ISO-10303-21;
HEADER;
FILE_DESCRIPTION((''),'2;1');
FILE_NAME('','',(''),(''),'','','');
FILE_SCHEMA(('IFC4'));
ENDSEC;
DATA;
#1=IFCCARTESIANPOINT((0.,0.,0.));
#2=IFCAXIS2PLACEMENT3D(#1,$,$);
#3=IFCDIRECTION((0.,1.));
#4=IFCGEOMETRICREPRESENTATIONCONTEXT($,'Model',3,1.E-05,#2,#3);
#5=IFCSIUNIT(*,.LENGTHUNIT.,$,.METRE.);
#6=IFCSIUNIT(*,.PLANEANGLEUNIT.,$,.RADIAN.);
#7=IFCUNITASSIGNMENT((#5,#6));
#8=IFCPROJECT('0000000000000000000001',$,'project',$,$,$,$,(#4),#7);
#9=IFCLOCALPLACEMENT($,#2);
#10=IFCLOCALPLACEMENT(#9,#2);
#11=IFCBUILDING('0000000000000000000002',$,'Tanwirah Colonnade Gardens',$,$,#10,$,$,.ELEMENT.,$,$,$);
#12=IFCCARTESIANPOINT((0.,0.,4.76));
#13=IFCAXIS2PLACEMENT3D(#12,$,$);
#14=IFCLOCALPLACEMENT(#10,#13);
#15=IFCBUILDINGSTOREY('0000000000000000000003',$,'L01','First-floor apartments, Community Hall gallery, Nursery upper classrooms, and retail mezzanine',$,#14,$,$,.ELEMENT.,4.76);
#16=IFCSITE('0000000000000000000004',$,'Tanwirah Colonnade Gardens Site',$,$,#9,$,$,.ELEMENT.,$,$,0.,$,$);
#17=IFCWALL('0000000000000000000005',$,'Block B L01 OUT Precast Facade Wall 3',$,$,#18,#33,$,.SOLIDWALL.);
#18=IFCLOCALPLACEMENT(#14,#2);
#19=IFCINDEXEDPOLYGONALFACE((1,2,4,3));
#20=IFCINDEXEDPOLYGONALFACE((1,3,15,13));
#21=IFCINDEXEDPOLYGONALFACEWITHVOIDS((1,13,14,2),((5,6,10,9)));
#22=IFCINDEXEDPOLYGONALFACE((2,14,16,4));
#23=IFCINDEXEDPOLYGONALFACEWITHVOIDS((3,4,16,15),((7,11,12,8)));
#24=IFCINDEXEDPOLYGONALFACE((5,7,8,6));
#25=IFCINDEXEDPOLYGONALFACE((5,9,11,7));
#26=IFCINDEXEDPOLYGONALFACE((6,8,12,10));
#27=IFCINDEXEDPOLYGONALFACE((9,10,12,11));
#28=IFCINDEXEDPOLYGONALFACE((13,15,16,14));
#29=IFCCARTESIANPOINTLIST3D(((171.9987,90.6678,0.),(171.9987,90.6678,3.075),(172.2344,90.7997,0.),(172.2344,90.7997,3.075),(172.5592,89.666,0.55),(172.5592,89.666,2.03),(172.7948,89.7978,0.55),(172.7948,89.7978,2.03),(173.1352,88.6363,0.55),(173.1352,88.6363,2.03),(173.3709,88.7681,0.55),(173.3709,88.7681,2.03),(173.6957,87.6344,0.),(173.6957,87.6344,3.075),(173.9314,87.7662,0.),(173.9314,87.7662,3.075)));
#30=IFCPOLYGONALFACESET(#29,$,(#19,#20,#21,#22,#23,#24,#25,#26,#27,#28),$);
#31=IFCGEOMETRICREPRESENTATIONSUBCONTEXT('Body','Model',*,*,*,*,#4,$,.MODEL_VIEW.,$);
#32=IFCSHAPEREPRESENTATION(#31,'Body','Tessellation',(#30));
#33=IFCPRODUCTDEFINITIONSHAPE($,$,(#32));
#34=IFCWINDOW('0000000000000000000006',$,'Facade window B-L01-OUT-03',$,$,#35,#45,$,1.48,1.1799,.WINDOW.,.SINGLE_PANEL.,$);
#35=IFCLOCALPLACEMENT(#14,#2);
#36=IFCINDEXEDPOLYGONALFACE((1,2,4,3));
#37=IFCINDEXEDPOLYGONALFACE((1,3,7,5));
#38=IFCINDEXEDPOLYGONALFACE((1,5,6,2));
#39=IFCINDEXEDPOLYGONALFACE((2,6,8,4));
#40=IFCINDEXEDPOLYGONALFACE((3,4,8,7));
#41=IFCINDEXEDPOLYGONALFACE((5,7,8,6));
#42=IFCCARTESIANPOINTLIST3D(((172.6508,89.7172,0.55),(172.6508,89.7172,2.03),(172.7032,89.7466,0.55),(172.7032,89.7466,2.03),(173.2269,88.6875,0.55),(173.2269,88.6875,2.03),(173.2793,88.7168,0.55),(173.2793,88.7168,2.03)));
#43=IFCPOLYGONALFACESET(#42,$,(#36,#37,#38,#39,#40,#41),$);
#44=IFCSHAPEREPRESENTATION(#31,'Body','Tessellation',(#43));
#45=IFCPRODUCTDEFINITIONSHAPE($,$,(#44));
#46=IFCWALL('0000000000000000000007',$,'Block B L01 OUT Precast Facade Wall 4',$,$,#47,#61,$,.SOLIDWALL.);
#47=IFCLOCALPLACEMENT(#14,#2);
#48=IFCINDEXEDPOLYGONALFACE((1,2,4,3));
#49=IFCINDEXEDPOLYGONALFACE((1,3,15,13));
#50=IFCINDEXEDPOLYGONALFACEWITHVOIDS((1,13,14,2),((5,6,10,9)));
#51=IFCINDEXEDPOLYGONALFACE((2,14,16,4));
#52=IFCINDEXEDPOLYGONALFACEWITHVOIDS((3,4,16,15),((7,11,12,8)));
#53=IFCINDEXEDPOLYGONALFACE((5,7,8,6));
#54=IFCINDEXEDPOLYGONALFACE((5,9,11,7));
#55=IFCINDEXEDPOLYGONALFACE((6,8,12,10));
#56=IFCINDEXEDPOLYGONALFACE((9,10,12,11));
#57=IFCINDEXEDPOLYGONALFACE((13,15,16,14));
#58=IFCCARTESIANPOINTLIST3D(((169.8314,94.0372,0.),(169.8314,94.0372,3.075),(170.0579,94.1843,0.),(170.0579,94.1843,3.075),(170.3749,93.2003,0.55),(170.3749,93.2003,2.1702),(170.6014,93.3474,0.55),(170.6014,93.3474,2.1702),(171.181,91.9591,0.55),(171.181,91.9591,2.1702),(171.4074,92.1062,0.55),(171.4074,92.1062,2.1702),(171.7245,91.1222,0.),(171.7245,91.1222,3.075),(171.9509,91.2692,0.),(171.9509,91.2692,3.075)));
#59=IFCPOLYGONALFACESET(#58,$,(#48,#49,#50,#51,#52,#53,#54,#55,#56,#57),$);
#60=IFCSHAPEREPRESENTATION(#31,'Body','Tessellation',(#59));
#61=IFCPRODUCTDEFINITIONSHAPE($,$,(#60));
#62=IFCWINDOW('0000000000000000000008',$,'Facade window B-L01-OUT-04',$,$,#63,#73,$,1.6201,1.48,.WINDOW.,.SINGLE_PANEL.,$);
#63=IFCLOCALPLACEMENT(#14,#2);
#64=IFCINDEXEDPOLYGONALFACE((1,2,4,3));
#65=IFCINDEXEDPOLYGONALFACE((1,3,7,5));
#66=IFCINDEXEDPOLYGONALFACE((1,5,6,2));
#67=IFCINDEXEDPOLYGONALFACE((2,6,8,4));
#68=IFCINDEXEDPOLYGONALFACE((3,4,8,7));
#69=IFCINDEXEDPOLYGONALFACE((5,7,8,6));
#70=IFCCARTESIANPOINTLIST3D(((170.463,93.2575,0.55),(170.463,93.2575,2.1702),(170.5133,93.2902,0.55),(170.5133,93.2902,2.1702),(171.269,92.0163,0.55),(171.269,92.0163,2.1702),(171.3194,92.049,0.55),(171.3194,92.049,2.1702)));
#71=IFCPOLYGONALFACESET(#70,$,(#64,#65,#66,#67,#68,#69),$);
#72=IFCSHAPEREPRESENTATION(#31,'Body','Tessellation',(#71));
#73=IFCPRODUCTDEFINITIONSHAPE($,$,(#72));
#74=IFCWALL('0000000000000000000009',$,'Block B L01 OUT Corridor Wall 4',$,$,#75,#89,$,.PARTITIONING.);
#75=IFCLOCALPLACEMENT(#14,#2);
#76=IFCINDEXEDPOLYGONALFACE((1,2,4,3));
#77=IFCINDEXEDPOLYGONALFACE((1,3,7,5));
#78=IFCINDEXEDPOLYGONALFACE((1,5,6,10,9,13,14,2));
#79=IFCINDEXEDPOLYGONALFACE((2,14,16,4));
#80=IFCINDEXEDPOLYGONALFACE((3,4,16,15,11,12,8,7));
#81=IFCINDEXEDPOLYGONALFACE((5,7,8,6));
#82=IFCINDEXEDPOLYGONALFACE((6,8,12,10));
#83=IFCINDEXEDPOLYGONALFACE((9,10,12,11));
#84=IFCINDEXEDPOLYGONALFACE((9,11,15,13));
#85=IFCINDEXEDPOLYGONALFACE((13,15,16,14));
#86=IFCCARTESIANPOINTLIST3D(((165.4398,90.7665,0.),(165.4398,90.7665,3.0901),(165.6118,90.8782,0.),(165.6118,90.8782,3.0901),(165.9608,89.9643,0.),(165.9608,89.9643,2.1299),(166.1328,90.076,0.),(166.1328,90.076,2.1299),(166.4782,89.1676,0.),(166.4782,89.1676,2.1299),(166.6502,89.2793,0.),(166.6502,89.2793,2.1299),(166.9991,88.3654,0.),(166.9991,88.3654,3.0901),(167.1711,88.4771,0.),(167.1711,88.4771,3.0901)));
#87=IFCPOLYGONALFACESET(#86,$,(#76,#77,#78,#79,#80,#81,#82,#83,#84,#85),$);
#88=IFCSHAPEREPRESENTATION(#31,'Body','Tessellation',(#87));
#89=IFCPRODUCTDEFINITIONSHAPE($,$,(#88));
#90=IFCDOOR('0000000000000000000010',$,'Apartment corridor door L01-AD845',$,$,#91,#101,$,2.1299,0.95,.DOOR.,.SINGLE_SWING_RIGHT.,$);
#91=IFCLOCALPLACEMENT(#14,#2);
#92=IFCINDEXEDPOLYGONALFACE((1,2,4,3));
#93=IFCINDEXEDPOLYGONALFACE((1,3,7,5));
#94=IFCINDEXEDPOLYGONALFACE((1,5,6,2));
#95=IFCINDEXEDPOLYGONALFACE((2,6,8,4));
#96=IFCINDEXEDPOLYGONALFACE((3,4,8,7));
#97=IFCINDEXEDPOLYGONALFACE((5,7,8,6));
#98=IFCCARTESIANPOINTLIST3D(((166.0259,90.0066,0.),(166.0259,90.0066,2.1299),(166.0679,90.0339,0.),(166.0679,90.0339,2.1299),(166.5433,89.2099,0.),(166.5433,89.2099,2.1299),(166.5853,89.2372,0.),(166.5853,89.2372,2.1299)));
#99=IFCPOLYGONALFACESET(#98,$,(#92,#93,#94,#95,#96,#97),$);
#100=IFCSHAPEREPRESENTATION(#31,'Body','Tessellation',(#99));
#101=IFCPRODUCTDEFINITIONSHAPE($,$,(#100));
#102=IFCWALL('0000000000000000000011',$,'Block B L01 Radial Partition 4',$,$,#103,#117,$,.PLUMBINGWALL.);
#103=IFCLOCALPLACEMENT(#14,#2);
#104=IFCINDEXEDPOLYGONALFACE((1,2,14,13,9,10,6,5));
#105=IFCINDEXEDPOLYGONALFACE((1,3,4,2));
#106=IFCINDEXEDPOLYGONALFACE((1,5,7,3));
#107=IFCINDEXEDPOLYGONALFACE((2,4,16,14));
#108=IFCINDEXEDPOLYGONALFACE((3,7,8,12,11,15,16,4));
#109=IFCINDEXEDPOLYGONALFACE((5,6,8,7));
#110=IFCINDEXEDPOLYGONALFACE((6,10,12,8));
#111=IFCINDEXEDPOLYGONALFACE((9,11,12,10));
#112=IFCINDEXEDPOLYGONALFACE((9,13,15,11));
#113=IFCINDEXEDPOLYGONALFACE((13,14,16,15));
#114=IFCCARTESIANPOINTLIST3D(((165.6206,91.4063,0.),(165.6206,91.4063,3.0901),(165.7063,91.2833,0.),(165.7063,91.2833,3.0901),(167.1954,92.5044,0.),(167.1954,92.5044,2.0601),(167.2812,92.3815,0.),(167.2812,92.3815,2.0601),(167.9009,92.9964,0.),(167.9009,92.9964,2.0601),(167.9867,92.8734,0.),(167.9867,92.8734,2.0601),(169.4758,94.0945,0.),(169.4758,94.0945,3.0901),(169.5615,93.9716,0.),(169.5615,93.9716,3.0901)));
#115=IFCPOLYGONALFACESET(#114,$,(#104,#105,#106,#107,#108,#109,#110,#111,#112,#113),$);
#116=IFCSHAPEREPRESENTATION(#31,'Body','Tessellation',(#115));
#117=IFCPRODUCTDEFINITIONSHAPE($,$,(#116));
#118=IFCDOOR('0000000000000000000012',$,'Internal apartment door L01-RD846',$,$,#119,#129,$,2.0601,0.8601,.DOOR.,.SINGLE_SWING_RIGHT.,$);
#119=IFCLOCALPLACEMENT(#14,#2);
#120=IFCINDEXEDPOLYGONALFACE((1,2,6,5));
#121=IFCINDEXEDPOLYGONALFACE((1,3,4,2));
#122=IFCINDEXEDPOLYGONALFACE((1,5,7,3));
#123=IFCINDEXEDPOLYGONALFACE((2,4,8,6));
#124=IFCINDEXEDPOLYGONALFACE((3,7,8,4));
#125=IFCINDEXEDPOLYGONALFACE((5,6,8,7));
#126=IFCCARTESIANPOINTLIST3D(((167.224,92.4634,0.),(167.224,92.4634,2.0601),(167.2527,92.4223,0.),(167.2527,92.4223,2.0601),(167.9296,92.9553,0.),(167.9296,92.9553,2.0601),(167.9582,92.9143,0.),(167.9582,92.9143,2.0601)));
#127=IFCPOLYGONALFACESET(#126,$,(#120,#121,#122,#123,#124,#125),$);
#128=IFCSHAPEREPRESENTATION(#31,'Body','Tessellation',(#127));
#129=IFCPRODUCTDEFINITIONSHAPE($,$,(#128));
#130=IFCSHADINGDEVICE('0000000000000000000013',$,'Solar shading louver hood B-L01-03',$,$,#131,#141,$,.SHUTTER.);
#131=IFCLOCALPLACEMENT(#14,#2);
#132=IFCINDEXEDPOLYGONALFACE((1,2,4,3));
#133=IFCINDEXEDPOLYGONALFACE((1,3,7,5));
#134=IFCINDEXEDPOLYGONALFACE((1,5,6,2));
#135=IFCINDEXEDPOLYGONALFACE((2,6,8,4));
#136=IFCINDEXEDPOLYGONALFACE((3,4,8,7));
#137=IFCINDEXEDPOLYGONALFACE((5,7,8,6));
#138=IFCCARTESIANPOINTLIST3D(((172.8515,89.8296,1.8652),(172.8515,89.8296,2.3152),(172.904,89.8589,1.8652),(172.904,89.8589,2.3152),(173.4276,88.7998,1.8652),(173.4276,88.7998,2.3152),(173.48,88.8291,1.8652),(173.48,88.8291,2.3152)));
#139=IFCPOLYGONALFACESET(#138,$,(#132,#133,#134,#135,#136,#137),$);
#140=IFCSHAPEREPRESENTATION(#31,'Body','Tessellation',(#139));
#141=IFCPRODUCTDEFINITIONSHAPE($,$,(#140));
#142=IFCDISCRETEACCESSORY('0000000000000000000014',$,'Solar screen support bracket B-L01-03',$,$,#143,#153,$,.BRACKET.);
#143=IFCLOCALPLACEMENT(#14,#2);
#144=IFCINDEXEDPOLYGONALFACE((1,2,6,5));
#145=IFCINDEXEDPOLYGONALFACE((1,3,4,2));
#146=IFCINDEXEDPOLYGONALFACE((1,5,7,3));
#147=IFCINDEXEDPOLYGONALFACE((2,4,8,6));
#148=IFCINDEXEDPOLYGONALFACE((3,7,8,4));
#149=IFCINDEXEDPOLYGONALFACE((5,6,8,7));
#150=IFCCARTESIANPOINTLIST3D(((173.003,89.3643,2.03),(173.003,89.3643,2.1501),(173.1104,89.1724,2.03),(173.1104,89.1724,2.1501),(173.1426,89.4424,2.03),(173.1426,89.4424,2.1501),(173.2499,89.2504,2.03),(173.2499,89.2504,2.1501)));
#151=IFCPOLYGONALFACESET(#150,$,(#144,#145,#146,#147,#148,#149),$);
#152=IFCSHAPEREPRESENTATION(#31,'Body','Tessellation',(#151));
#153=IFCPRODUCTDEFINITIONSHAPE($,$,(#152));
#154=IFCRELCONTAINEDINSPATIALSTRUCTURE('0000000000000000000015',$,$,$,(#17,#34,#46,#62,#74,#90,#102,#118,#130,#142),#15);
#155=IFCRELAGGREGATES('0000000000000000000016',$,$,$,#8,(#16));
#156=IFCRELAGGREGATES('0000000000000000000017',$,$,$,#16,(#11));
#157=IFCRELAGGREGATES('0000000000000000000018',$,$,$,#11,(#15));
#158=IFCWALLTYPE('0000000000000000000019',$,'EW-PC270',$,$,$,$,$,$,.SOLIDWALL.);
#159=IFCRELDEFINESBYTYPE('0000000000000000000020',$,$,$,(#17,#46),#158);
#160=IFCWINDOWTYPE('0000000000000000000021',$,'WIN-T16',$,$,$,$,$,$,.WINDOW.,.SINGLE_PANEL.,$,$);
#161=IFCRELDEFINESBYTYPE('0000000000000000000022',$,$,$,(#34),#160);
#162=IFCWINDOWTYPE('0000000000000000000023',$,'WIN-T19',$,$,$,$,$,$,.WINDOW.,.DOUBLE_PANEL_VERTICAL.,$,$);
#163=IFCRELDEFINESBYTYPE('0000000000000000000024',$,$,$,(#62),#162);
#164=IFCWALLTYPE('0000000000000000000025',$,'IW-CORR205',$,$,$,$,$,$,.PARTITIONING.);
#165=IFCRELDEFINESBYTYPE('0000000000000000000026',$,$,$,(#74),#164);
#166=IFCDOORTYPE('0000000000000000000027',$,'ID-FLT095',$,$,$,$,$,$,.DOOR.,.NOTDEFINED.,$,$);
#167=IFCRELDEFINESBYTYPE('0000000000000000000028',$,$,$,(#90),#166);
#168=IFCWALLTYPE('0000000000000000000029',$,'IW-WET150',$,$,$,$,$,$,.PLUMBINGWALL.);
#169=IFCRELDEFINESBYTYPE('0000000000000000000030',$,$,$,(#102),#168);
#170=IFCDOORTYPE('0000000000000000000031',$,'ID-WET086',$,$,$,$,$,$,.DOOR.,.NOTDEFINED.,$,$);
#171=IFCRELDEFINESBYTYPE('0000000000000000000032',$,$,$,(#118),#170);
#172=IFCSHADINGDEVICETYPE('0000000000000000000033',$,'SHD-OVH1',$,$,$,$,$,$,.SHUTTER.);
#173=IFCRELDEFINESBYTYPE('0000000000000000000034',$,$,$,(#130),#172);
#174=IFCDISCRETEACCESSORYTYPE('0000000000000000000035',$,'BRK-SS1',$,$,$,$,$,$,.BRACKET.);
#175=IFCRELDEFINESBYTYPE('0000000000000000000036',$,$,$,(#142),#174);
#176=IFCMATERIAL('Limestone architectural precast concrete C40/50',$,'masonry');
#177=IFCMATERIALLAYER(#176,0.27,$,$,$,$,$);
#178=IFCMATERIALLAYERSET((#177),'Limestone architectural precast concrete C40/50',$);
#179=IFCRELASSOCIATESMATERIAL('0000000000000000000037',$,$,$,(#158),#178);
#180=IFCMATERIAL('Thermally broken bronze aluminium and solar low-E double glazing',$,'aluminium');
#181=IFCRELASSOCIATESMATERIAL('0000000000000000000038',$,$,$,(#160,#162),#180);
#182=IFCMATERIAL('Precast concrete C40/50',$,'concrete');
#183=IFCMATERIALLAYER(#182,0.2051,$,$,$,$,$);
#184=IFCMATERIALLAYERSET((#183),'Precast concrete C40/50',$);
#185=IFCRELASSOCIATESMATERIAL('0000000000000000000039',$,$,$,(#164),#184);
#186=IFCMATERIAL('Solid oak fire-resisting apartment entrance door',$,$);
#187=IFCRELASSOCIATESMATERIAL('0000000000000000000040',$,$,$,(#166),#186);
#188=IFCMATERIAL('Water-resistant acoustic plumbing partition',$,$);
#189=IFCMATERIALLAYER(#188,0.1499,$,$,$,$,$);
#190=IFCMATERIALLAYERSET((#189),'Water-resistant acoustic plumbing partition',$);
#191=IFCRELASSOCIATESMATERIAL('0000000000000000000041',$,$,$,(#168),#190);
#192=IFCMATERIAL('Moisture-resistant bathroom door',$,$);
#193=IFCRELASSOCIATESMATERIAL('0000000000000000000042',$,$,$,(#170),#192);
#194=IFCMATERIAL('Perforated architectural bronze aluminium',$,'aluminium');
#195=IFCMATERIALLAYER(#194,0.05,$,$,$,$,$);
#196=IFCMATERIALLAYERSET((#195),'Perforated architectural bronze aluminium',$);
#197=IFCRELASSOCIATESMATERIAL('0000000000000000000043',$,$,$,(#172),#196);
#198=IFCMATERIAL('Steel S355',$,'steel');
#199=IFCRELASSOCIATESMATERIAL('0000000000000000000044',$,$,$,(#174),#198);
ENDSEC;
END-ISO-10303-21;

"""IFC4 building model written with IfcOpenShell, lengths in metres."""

from ifc_helpers import new_model, si_unit, direction, frame, frame_2d, origin, origin_2d, place, context, subcontext, project, spatial, rectangle, extrude, material, layer, layer_set, type_object, element, fill, save


model = new_model("IFC4")

# Units and contexts
model_context = context("Model", 3, precision=1e-05, world=origin(), true_north=direction((0.0, 1.0)))
body_context = subcontext(model_context, "Body", "Model", "MODEL_VIEW")
ifc_project = project(units=[si_unit("LENGTHUNIT", "METRE"), si_unit("PLANEANGLEUNIT", "RADIAN")], contexts=[model_context])

# Site, building, storey
site_placement = place(None, origin())
site = spatial("IfcSite", under=ifc_project, at=site_placement, Name="Tanwirah Colonnade Gardens Site", CompositionType="ELEMENT", RefElevation=0.0)
building_placement = place(site_placement, origin())
building = spatial("IfcBuilding", under=site, at=building_placement, Name="Tanwirah Colonnade Gardens", CompositionType="ELEMENT")
storey_placement = place(building_placement, frame((0.0, 0.0, 4.76)))
storey = spatial("IfcBuildingStorey", under=building, at=storey_placement, Name="L01", Description="First-floor apartments, Community Hall gallery, Nursery upper classrooms, and retail mezzanine", CompositionType="ELEMENT", Elevation=4.76)

# Shared definitions
ifc_material_1 = material(Name="Precast concrete C40/50", Category="concrete")

# Walls, openings, windows
ifc_material_2 = material(Name="Limestone architectural precast concrete C40/50", Category="masonry")
ifc_layer_1 = layer(ifc_material_2, 0.27)
ifc_layer_set_1 = layer_set([ifc_layer_1], Name="Limestone architectural precast concrete C40/50")
wall_type_1 = type_object("IfcWallType", Name="EW-PC270", PredefinedType="SOLIDWALL", material=ifc_layer_set_1)
wall_1_placement = place(storey_placement, frame((173.8135, 87.7004, 0.0), z_axis=(0.0, 0.0, 1.0), x_axis=(-0.488229, 0.872716, 0.0)))
wall_1 = element("IfcWall", 1, at=wall_1_placement, inside=storey, type_object=wall_type_1, Name="Block B L01 OUT Precast Facade Wall 3", PredefinedType="SOLIDWALL", context=body_context, shape_type="SweptSolid", body=[
    extrude(rectangle(XDim=3.4758, YDim=0.27, at=frame_2d((1.7378, 0.0))), origin(), (0.0, 0.0, 1.0), 3.075),
])
opening_1_placement = place(wall_1_placement, frame((1.1479, 0.0, 0.55)))
opening_1 = element("IfcOpeningElement", 2, at=opening_1_placement, cuts=wall_1, PredefinedType="OPENING", context=body_context, shape_type="SweptSolid", body=[
    extrude(rectangle(XDim=1.1799, YDim=1.48, at=frame_2d((0.5898, 0.74))), frame((0.0, 0.145, 0.0), z_axis=(0.0, -1.0, 0.0), x_axis=(1.0, 0.0, 0.0)), (0.0, 0.0, 1.0), 0.29),
])
ifc_material_3 = material(Name="Thermally broken bronze aluminium and solar low-E double glazing", Category="aluminium")
window_type_1 = type_object("IfcWindowType", Name="WIN-T16", PartitioningType="SINGLE_PANEL", PredefinedType="WINDOW", material=ifc_material_3)
window_1_placement = place(opening_1_placement, origin())
window_1 = element("IfcWindow", 3, at=window_1_placement, inside=storey, type_object=window_type_1, Name="Facade window B-L01-OUT-03", OverallHeight=1.48, OverallWidth=1.1799, PartitioningType="SINGLE_PANEL", PredefinedType="WINDOW", context=body_context, shape_type="SweptSolid", body=[
    extrude(rectangle(XDim=1.1799, YDim=1.48, at=frame_2d((0.5898, 0.74))), frame((0.0, 0.03, 0.0), z_axis=(0.0, -1.0, 0.0), x_axis=(1.0, 0.0, 0.0)), (0.0, 0.0, 1.0), 0.0601),
])
fill(opening_1, window_1)
wall_2_placement = place(storey_placement, frame((171.8376, 91.1958, 0.0), z_axis=(0.0, 0.0, 1.0), x_axis=(-0.544643, 0.838668, 0.0)))
wall_2 = element("IfcWall", 4, at=wall_2_placement, inside=storey, type_object=wall_type_1, Name="Block B L01 OUT Precast Facade Wall 4", PredefinedType="SOLIDWALL", context=body_context, shape_type="SweptSolid", body=[
    extrude(rectangle(XDim=3.4758, YDim=0.27, at=frame_2d((1.7378, 0.0))), origin(), (0.0, 0.0, 1.0), 3.075),
])
opening_2_placement = place(wall_2_placement, frame((0.9978, 0.0, 0.55)))
opening_2 = element("IfcOpeningElement", 5, at=opening_2_placement, cuts=wall_2, PredefinedType="OPENING", context=body_context, shape_type="SweptSolid", body=[
    extrude(rectangle(XDim=1.48, YDim=1.6201, at=frame_2d((0.74, 0.8101))), frame((0.0, 0.145, 0.0), z_axis=(0.0, -1.0, 0.0), x_axis=(1.0, 0.0, 0.0)), (0.0, 0.0, 1.0), 0.29),
])
window_type_2 = type_object("IfcWindowType", Name="WIN-T19", PartitioningType="DOUBLE_PANEL_VERTICAL", PredefinedType="WINDOW", material=ifc_material_3)
window_2_placement = place(opening_2_placement, origin())
window_2 = element("IfcWindow", 6, at=window_2_placement, inside=storey, type_object=window_type_2, Name="Facade window B-L01-OUT-04", OverallHeight=1.6201, OverallWidth=1.48, PartitioningType="SINGLE_PANEL", PredefinedType="WINDOW", context=body_context, shape_type="SweptSolid", body=[
    extrude(rectangle(XDim=1.48, YDim=1.6201, at=frame_2d((0.74, 0.8101))), frame((0.0, 0.03, 0.0), z_axis=(0.0, -1.0, 0.0), x_axis=(1.0, 0.0, 0.0)), (0.0, 0.0, 1.0), 0.0601),
])
fill(opening_2, window_2)

# Walls, openings, doors
ifc_layer_2 = layer(ifc_material_1, 0.2051)
ifc_layer_set_2 = layer_set([ifc_layer_2], Name="Precast concrete C40/50")
wall_type_2 = type_object("IfcWallType", Name="IW-CORR205", PredefinedType="PARTITIONING", material=ifc_layer_set_2)
wall_3_placement = place(storey_placement, frame((167.0852, 88.4211, 0.0), z_axis=(0.0, 0.0, 1.0), x_axis=(-0.544644, 0.838668, 0.0)))
wall_3 = element("IfcWall", 7, at=wall_3_placement, inside=storey, type_object=wall_type_2, Name="Block B L01 OUT Corridor Wall 4", PredefinedType="PARTITIONING", context=body_context, shape_type="SweptSolid", body=[
    extrude(rectangle(XDim=2.863, YDim=0.2051, at=frame_2d((1.4316, 0.0))), origin(), (0.0, 0.0, 1.0), 3.0901),
])
opening_3_placement = place(wall_3_placement, frame((0.9565, 0.0, 0.0)))
opening_3 = element("IfcOpeningElement", 8, at=opening_3_placement, cuts=wall_3, PredefinedType="OPENING", context=body_context, shape_type="SweptSolid", body=[
    extrude(rectangle(XDim=0.95, YDim=2.1299, at=frame_2d((0.4751, 1.0649))), frame((0.0, 0.1125, 0.0), z_axis=(0.0, -1.0, 0.0), x_axis=(1.0, 0.0, 0.0)), (0.0, 0.0, 1.0), 0.2251),
])
ifc_material_4 = material(Name="Solid oak fire-resisting apartment entrance door")
door_type_1 = type_object("IfcDoorType", Name="ID-FLT095", OperationType="NOTDEFINED", PredefinedType="DOOR", material=ifc_material_4)
door_1_placement = place(opening_3_placement, origin())
door_1 = element("IfcDoor", 9, at=door_1_placement, inside=storey, type_object=door_type_1, Name="Apartment corridor door L01-AD845", OperationType="SINGLE_SWING_RIGHT", OverallHeight=2.1299, OverallWidth=0.95, PredefinedType="DOOR", context=body_context, shape_type="SweptSolid", body=[
    extrude(rectangle(XDim=0.95, YDim=2.1299, at=frame_2d((0.4751, 1.0649))), frame((0.0, 0.0249, 0.0), z_axis=(0.0, -1.0, 0.0), x_axis=(1.0, 0.0, 0.0)), (0.0, 0.0, 1.0), 0.05),
])
fill(opening_3, door_1)
ifc_material_5 = material(Name="Water-resistant acoustic plumbing partition")
ifc_layer_3 = layer(ifc_material_5, 0.1499)
ifc_layer_set_3 = layer_set([ifc_layer_3], Name="Water-resistant acoustic plumbing partition")
wall_type_3 = type_object("IfcWallType", Name="IW-WET150", PredefinedType="PLUMBINGWALL", material=ifc_layer_set_3)
wall_4_placement = place(storey_placement, frame((165.6633, 91.3447, 0.0), z_axis=(0.0, 0.0, 1.0), x_axis=(0.820273, 0.571973, 0.0)))
wall_4 = element("IfcWall", 10, at=wall_4_placement, inside=storey, type_object=wall_type_3, Name="Block B L01 Radial Partition 4", PredefinedType="PLUMBINGWALL", context=body_context, shape_type="SweptSolid", body=[
    extrude(rectangle(XDim=4.7, YDim=0.1499, at=frame_2d((2.3501, 0.0))), origin(), (0.0, 0.0, 1.0), 3.0901),
])
opening_4_placement = place(wall_4_placement, frame((1.9199, 0.0, 0.0)))
opening_4 = element("IfcOpeningElement", 11, at=opening_4_placement, cuts=wall_4, PredefinedType="OPENING", context=body_context, shape_type="SweptSolid", body=[
    extrude(rectangle(XDim=0.8601, YDim=2.0601, at=frame_2d((0.4302, 1.03))), frame((0.0, 0.085, 0.0), z_axis=(0.0, -1.0, 0.0), x_axis=(1.0, 0.0, 0.0)), (0.0, 0.0, 1.0), 0.1699),
])
ifc_material_6 = material(Name="Moisture-resistant bathroom door")
door_type_2 = type_object("IfcDoorType", Name="ID-WET086", OperationType="NOTDEFINED", PredefinedType="DOOR", material=ifc_material_6)
door_2_placement = place(opening_4_placement, origin())
door_2 = element("IfcDoor", 12, at=door_2_placement, inside=storey, type_object=door_type_2, Name="Internal apartment door L01-RD846", OperationType="SINGLE_SWING_RIGHT", OverallHeight=2.0601, OverallWidth=0.8601, PredefinedType="DOOR", context=body_context, shape_type="SweptSolid", body=[
    extrude(rectangle(XDim=0.8601, YDim=2.0601, at=frame_2d((0.4302, 1.03))), frame((0.0, 0.0249, 0.0), z_axis=(0.0, -1.0, 0.0), x_axis=(1.0, 0.0, 0.0)), (0.0, 0.0, 1.0), 0.05),
])
fill(opening_4, door_2)

# Shading device
ifc_material_7 = material(Name="Perforated architectural bronze aluminium", Category="aluminium")
ifc_layer_4 = layer(ifc_material_7, 0.05)
ifc_layer_set_4 = layer_set([ifc_layer_4], Name="Perforated architectural bronze aluminium")
shading_device_type = type_object("IfcShadingDeviceType", Name="SHD-OVH1", PredefinedType="SHUTTER", material=ifc_layer_set_4)
shading_device_placement = place(storey_placement, frame((173.1658, 89.3293, 1.8652), z_axis=(0.0, 0.0, 1.0), x_axis=(-0.488198, 0.872733, 0.0)))
element("IfcShadingDevice", 13, at=shading_device_placement, inside=storey, type_object=shading_device_type, Name="Solar shading louver hood B-L01-03", PredefinedType="SHUTTER", context=body_context, shape_type="SweptSolid", body=[
    extrude(rectangle(XDim=1.1799, YDim=0.0601, at=origin_2d()), origin(), (0.0, 0.0, 1.0), 0.45),
])

# Discrete accessory
ifc_material_8 = material(Name="Steel S355", Category="steel")
discrete_accessory_type = type_object("IfcDiscreteAccessoryType", Name="BRK-SS1", PredefinedType="BRACKET", material=ifc_material_8)
discrete_accessory_placement = place(storey_placement, frame((173.1265, 89.3074, 2.03), z_axis=(0.0, 0.0, 1.0), x_axis=(-0.488198, 0.872733, 0.0)))
element("IfcDiscreteAccessory", 14, at=discrete_accessory_placement, inside=storey, type_object=discrete_accessory_type, Name="Solar screen support bracket B-L01-03", PredefinedType="BRACKET", context=body_context, shape_type="SweptSolid", body=[
    extrude(rectangle(XDim=0.22, YDim=0.1599, at=origin_2d()), origin(), (0.0, 0.0, 1.0), 0.1201),
])

save(model, "model.ifc")
